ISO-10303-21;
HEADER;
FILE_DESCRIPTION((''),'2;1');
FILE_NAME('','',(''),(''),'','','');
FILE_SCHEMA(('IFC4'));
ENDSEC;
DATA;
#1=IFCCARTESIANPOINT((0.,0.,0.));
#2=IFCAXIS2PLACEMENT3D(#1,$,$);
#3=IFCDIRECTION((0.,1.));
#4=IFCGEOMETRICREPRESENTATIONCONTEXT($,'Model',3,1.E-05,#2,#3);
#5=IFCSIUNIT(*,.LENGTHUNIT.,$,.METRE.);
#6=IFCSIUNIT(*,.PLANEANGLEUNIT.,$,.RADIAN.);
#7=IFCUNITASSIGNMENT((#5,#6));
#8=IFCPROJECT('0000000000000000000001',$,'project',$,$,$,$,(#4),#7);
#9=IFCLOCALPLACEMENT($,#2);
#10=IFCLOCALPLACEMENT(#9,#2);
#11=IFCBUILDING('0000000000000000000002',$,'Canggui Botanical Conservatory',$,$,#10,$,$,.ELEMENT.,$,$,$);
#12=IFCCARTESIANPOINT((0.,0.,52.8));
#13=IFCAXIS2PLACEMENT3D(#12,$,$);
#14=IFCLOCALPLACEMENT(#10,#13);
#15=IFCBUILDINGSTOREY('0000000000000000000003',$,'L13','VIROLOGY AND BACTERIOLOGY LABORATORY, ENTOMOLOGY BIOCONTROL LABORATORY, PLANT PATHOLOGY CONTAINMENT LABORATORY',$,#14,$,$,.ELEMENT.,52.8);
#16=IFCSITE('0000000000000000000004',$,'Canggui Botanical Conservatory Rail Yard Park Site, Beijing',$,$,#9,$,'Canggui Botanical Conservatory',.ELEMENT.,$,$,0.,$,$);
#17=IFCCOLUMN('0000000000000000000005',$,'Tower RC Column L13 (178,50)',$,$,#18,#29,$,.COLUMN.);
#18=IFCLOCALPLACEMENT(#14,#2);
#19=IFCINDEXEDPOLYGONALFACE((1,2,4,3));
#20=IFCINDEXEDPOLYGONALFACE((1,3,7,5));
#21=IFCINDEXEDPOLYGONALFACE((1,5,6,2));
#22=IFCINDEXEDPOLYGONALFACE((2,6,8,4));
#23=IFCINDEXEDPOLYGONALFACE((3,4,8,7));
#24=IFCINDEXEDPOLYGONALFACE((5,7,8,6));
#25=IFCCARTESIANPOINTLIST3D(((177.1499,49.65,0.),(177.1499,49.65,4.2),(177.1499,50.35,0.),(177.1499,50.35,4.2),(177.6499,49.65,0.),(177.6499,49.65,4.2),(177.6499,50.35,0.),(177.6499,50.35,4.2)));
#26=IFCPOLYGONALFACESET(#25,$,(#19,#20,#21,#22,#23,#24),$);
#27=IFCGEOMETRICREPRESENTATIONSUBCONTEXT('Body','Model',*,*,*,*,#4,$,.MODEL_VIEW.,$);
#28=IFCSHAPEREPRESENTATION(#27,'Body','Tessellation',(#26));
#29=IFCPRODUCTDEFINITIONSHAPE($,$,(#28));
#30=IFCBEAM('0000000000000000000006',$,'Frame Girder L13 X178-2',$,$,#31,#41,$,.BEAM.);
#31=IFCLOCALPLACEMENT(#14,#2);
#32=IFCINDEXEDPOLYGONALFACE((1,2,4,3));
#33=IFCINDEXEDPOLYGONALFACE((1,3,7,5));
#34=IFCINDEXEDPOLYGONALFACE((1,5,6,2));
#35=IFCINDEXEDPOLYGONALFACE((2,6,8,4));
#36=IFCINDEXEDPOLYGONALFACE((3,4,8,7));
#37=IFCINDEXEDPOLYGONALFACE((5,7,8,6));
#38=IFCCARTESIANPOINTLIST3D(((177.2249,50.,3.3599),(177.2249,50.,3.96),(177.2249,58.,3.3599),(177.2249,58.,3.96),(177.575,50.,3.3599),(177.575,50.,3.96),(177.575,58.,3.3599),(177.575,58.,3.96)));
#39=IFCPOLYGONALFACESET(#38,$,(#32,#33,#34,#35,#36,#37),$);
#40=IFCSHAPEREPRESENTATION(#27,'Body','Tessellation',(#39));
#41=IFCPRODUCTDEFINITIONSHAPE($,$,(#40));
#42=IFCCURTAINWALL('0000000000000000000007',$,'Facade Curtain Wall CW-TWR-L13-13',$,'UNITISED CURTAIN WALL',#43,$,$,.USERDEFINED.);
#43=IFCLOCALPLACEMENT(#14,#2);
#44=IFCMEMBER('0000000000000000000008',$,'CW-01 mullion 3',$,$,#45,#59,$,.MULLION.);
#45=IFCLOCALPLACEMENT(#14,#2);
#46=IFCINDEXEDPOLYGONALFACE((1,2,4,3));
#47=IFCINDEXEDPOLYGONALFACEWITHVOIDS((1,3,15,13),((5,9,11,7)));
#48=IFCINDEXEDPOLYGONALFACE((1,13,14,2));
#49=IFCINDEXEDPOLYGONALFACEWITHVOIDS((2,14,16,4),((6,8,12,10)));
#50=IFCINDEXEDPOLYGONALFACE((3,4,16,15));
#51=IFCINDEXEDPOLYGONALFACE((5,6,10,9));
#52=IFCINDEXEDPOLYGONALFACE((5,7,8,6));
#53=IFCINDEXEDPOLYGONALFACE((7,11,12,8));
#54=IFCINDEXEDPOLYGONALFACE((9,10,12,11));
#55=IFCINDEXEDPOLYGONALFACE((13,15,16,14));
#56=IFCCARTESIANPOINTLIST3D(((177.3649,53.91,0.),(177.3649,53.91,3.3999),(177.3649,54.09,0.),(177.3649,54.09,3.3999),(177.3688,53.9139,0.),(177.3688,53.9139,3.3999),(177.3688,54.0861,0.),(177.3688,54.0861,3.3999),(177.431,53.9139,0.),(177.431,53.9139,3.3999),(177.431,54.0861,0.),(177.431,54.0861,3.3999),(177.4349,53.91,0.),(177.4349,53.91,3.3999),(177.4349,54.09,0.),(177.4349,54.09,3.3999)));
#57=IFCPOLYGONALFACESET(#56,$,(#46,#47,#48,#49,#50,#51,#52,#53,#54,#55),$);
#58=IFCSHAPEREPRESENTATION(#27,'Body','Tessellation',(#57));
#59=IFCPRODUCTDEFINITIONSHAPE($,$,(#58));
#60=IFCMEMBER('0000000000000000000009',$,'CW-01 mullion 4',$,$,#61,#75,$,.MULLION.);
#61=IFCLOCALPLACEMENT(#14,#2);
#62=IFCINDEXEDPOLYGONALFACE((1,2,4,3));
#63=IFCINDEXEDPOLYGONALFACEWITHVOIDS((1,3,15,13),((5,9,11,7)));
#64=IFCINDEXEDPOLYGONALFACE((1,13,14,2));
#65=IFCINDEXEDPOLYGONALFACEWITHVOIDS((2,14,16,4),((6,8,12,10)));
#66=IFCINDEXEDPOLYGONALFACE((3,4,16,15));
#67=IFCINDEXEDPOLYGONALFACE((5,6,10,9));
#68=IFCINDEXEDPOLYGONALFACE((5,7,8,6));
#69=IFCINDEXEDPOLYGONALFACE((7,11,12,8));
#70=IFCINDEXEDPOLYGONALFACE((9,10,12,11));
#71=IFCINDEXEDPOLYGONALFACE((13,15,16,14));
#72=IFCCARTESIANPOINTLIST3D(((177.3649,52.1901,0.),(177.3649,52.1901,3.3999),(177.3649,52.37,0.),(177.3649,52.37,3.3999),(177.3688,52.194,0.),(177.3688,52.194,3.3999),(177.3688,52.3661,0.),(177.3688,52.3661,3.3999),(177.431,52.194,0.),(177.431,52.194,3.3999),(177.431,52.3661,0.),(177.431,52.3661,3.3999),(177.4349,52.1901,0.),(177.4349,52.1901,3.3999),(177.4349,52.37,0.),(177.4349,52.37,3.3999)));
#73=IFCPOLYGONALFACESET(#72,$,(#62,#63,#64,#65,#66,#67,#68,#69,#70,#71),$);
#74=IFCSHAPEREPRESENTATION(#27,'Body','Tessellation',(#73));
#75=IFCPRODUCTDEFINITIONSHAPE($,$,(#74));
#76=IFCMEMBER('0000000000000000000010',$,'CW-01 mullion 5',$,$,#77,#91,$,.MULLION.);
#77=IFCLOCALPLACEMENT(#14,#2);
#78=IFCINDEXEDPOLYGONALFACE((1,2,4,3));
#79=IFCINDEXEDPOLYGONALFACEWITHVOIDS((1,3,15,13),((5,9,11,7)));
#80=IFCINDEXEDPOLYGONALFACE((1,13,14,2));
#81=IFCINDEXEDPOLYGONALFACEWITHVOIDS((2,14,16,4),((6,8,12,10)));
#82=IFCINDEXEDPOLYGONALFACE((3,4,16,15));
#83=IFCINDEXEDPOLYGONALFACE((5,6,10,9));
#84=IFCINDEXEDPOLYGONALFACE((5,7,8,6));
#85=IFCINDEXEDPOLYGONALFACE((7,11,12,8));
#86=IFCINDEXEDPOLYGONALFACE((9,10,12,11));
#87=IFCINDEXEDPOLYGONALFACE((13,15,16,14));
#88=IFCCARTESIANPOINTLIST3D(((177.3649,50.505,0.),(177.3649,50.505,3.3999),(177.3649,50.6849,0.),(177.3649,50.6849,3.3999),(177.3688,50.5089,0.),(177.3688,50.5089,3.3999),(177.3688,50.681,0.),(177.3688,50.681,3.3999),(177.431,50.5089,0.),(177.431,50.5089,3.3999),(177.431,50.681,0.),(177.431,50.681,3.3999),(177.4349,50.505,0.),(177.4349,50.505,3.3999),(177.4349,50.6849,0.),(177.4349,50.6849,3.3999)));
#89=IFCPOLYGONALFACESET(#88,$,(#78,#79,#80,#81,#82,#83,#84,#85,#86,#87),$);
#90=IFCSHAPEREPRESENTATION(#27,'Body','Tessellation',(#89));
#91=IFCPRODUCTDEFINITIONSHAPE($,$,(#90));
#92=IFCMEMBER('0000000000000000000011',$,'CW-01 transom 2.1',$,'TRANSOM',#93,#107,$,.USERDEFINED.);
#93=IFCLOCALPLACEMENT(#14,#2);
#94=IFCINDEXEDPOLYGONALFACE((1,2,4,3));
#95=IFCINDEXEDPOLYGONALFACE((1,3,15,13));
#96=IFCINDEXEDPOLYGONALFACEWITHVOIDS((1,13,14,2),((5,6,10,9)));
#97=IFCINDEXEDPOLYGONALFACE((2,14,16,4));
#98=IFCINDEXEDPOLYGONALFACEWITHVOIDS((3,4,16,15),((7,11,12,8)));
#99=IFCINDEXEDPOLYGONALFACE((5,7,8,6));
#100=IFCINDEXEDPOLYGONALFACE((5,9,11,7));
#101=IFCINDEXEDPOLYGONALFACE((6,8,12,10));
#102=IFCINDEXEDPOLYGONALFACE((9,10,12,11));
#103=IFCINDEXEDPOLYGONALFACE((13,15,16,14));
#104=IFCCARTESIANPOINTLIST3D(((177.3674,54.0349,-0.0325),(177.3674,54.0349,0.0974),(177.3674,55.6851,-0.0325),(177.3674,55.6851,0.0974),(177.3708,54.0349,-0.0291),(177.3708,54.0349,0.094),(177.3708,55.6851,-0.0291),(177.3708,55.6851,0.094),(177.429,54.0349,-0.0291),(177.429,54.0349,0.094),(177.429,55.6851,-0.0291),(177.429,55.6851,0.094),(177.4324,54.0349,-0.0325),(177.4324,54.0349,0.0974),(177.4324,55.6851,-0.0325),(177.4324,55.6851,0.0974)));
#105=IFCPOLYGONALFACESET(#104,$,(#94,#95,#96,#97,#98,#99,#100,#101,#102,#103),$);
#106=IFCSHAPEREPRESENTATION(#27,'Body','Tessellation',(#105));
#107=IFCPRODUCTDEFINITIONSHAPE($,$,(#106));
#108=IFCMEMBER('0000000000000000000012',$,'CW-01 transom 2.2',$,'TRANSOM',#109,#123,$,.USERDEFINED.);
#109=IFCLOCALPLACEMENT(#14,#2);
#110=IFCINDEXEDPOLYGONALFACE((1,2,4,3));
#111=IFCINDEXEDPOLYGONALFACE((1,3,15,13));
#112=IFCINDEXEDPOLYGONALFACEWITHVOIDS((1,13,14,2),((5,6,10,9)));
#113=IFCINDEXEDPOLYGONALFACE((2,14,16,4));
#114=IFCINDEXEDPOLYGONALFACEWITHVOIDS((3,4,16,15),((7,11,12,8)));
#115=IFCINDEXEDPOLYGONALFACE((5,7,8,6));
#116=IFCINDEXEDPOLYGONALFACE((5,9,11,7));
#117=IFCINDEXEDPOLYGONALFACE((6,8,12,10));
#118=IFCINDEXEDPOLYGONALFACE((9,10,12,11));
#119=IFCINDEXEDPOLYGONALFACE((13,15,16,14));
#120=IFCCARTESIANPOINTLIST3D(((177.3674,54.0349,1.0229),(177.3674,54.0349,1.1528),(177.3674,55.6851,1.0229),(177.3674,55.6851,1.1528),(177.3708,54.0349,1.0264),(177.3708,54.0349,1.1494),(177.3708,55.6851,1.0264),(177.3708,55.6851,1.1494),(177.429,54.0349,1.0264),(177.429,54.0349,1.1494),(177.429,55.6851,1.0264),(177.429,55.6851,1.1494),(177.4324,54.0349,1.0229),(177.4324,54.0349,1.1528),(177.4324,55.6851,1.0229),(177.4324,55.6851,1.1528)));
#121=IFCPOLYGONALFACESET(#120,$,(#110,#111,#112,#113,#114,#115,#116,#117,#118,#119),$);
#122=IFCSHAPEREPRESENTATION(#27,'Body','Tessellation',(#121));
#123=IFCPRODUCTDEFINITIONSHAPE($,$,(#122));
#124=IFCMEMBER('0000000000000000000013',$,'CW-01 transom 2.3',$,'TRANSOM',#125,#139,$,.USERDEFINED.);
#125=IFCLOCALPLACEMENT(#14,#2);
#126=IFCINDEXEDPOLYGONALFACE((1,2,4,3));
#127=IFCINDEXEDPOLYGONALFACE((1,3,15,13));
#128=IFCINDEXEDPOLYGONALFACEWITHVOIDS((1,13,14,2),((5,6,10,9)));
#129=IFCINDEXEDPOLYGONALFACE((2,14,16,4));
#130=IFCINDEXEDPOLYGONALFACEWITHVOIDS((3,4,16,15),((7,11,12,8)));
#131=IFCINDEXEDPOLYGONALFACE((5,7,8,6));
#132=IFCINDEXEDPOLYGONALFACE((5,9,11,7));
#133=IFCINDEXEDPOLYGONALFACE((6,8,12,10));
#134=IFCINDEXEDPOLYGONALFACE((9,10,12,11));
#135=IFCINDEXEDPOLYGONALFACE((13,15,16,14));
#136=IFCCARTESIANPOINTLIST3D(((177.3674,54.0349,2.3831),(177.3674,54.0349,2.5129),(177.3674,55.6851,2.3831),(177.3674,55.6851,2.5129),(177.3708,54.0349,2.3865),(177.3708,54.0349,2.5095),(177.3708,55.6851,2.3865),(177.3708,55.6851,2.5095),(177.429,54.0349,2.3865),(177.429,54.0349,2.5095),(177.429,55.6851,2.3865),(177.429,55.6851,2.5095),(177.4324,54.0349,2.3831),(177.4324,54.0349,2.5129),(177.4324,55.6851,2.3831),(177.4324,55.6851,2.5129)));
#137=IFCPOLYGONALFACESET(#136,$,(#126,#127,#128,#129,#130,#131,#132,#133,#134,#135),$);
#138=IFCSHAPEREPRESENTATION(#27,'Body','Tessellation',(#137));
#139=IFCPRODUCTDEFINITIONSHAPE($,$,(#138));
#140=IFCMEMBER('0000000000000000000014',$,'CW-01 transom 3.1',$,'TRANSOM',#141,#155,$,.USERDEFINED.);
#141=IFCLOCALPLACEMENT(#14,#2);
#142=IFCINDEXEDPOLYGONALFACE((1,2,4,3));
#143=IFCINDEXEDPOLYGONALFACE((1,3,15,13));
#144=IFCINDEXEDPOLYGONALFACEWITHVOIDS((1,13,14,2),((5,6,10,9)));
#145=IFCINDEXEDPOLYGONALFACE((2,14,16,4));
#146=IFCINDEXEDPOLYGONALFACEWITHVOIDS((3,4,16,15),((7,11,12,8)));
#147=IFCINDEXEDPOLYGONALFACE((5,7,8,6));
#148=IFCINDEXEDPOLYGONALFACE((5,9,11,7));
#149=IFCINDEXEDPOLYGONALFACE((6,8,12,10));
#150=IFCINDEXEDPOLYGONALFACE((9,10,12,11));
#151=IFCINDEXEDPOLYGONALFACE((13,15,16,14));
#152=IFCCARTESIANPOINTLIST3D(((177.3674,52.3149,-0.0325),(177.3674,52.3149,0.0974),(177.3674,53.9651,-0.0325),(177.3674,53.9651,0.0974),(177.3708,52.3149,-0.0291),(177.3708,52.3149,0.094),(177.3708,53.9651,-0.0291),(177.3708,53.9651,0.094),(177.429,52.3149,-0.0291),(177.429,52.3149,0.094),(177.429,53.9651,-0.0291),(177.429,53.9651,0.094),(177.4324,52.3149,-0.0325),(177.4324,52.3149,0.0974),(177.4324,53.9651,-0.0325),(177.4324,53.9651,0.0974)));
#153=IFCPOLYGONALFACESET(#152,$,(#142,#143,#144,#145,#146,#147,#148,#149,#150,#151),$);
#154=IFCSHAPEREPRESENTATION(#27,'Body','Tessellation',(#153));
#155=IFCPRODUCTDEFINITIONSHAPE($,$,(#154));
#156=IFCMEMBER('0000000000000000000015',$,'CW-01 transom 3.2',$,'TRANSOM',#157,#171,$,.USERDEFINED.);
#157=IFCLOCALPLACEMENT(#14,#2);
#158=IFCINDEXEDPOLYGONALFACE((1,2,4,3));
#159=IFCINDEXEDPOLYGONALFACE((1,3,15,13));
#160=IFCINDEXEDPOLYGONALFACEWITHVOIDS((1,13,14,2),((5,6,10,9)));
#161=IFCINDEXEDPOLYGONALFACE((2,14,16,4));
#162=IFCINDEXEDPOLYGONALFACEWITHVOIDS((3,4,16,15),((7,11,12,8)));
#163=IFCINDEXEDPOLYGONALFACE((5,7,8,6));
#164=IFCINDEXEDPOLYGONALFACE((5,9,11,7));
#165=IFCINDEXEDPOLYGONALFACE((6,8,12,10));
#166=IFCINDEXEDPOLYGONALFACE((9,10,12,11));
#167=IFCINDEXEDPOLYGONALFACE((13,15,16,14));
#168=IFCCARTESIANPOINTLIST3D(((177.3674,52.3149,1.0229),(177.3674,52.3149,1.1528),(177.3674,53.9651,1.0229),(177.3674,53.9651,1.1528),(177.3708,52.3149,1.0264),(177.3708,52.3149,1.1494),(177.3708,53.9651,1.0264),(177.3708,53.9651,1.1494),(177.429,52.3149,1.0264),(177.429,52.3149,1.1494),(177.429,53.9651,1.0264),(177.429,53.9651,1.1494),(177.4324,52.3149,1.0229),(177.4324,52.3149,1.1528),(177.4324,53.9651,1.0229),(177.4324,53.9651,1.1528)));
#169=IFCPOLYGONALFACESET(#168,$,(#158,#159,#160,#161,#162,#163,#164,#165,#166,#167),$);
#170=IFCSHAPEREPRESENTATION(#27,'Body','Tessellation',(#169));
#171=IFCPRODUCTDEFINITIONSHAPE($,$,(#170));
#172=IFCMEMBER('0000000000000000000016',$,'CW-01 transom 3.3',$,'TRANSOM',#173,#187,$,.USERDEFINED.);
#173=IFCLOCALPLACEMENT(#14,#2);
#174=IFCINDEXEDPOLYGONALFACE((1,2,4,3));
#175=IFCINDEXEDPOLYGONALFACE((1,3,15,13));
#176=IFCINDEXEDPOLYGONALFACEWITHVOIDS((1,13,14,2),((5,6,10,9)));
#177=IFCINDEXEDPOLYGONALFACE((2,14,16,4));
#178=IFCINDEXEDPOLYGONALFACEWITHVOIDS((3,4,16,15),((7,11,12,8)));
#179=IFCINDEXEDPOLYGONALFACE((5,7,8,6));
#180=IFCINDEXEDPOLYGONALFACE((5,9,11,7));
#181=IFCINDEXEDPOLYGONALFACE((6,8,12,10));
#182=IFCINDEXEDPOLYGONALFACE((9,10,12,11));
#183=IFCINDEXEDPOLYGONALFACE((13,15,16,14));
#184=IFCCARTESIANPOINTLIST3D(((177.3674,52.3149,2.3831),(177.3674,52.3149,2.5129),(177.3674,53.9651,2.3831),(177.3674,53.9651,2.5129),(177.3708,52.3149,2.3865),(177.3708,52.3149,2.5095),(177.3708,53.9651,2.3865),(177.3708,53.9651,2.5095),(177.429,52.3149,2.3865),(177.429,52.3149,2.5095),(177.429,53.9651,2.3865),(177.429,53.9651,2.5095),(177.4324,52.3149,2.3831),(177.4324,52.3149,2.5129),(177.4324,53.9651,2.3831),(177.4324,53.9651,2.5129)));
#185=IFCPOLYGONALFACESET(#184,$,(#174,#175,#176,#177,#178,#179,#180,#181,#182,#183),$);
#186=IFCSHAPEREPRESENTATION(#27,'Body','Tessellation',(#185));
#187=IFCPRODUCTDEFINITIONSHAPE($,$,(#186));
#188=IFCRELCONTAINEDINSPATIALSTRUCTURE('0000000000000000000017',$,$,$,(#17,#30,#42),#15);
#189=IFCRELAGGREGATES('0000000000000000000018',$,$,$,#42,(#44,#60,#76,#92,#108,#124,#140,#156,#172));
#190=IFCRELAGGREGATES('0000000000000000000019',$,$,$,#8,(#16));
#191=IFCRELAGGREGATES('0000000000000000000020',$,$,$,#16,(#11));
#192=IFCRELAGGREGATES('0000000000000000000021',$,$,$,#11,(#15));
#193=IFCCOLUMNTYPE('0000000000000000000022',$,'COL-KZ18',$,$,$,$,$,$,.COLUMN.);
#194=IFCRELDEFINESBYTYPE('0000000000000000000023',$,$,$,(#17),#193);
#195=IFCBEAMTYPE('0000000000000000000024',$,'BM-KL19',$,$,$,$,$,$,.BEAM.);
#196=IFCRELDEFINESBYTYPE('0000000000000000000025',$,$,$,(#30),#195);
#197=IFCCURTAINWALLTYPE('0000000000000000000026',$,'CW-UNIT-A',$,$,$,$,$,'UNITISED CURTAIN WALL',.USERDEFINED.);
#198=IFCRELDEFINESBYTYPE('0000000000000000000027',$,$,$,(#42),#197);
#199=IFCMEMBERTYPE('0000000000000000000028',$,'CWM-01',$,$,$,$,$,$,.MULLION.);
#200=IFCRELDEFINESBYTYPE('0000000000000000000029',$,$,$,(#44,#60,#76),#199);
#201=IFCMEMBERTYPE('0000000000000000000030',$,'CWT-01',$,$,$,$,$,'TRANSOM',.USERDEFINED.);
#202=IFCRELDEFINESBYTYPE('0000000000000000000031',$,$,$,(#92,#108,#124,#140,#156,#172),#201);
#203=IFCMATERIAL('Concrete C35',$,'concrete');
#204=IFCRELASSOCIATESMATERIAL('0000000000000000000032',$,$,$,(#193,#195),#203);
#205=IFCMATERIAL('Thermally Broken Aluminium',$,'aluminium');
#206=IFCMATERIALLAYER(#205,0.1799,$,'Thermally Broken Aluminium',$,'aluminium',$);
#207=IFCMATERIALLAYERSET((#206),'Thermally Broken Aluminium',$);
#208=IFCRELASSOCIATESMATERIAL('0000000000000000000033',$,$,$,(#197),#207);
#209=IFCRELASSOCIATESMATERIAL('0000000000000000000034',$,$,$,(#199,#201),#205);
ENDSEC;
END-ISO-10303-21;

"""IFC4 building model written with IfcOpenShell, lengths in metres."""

from ifc_helpers import new_model, si_unit, direction, frame, origin, origin_2d, place, context, subcontext, project, spatial, rectangle, hollow_rectangle, extrude, material, layer, layer_set, material_profile, profile_set, type_object, element, aggregate, save


model = new_model("IFC4")

# Units and contexts
model_context = context("Model", 3, precision=1e-05, world=origin(), true_north=direction((0.0, 1.0)))
body_context = subcontext(model_context, "Body", "Model", "MODEL_VIEW")
ifc_project = project(units=[si_unit("LENGTHUNIT", "METRE"), si_unit("PLANEANGLEUNIT", "RADIAN")], contexts=[model_context])

# Site, building, storey
site_placement = place(None, origin())
site = spatial("IfcSite", under=ifc_project, at=site_placement, Name="Canggui Botanical Conservatory Rail Yard Park Site, Beijing", LongName="Canggui Botanical Conservatory", CompositionType="ELEMENT", RefElevation=0.0)
building_placement = place(site_placement, origin())
building = spatial("IfcBuilding", under=site, at=building_placement, Name="Canggui Botanical Conservatory", CompositionType="ELEMENT")
storey_placement = place(building_placement, frame((0.0, 0.0, 52.8)))
storey = spatial("IfcBuildingStorey", under=building, at=storey_placement, Name="L13", Description="VIROLOGY AND BACTERIOLOGY LABORATORY, ENTOMOLOGY BIOCONTROL LABORATORY, PLANT PATHOLOGY CONTAINMENT LABORATORY", CompositionType="ELEMENT", Elevation=52.8)

# Column
ifc_material_1 = material(Name="Concrete C35", Category="concrete")
ifc_material_profile_1 = material_profile(ifc_material_1, rectangle(XDim=0.5, YDim=0.7, at=origin_2d()), Name="RC 500x700")
ifc_profile_set_1 = profile_set([ifc_material_profile_1], Name="Concrete C35")
column_type = type_object("IfcColumnType", Name="COL-KZ18", PredefinedType="COLUMN", material=ifc_profile_set_1)
column_placement = place(storey_placement, frame((177.3999, 50.0, 0.0), z_axis=(0.0, 0.0, 1.0), x_axis=(1.0, 0.0, 0.0)))
element("IfcColumn", 1, at=column_placement, inside=storey, type_object=column_type, Name="Tower RC Column L13 (178,50)", PredefinedType="COLUMN", context=body_context, shape_type="SweptSolid", body=[
    extrude(rectangle(XDim=0.5, YDim=0.7, at=origin_2d()), origin(), (0.0, 0.0, 1.0), 4.2),
])

# Beam
ifc_material_profile_2 = material_profile(ifc_material_1, rectangle(XDim=0.3501, YDim=0.6001, at=origin_2d()), Name="RB 350x600")
ifc_profile_set_2 = profile_set([ifc_material_profile_2], Name="Concrete C35")
beam_type = type_object("IfcBeamType", Name="BM-KL19", PredefinedType="BEAM", material=ifc_profile_set_2)
beam_placement = place(storey_placement, frame((177.3999, 50.0, 3.6599), z_axis=(0.0, 1.0, 0.0), x_axis=(-1.0, 0.0, 0.0)))
element("IfcBeam", 2, at=beam_placement, inside=storey, type_object=beam_type, Name="Frame Girder L13 X178-2", PredefinedType="BEAM", context=body_context, shape_type="SweptSolid", body=[
    extrude(rectangle(XDim=0.3501, YDim=0.6001, at=origin_2d()), origin(), (0.0, 0.0, 1.0), 8.0),
])

# Curtain wall, members
ifc_material_2 = material(Name="Thermally Broken Aluminium", Category="aluminium")
ifc_layer_1 = layer(ifc_material_2, 0.1799, Name="Thermally Broken Aluminium", Category="aluminium")
ifc_layer_set_1 = layer_set([ifc_layer_1], Name="Thermally Broken Aluminium")
curtain_wall_type = type_object("IfcCurtainWallType", Name="CW-UNIT-A", ElementType="UNITISED CURTAIN WALL", PredefinedType="USERDEFINED", material=ifc_layer_set_1)
curtain_wall_placement = place(storey_placement, origin())
curtain_wall = element("IfcCurtainWall", 3, at=curtain_wall_placement, inside=storey, type_object=curtain_wall_type, Name="Facade Curtain Wall CW-TWR-L13-13", ObjectType="UNITISED CURTAIN WALL", PredefinedType="USERDEFINED")
ifc_material_profile_3 = material_profile(ifc_material_2, hollow_rectangle(XDim=0.0701, YDim=0.1799, WallThickness=0.0039, at=origin_2d()), Name="CWM 70x180x4")
ifc_profile_set_3 = profile_set([ifc_material_profile_3], Name="Thermally Broken Aluminium")
member_type_1 = type_object("IfcMemberType", Name="CWM-01", PredefinedType="MULLION", material=ifc_profile_set_3)
member_1_placement = place(storey_placement, frame((177.3999, 54.0, 0.0), z_axis=(0.0, 0.0, 1.0), x_axis=(1.0, 0.0, 0.0)))
member_1 = element("IfcMember", 4, at=member_1_placement, type_object=member_type_1, Name="CW-01 mullion 3", PredefinedType="MULLION", context=body_context, shape_type="SweptSolid", body=[
    extrude(hollow_rectangle(XDim=0.0701, YDim=0.1799, WallThickness=0.0039, at=origin_2d()), origin(), (0.0, 0.0, 1.0), 3.3999),
])
member_2_placement = place(storey_placement, frame((177.3999, 52.28, 0.0), z_axis=(0.0, 0.0, 1.0), x_axis=(1.0, 0.0, 0.0)))
member_2 = element("IfcMember", 5, at=member_2_placement, type_object=member_type_1, Name="CW-01 mullion 4", PredefinedType="MULLION", context=body_context, shape_type="SweptSolid", body=[
    extrude(hollow_rectangle(XDim=0.0701, YDim=0.1799, WallThickness=0.0039, at=origin_2d()), origin(), (0.0, 0.0, 1.0), 3.3999),
])
member_3_placement = place(storey_placement, frame((177.3999, 50.595, 0.0), z_axis=(0.0, 0.0, 1.0), x_axis=(1.0, 0.0, 0.0)))
member_3 = element("IfcMember", 6, at=member_3_placement, type_object=member_type_1, Name="CW-01 mullion 5", PredefinedType="MULLION", context=body_context, shape_type="SweptSolid", body=[
    extrude(hollow_rectangle(XDim=0.0701, YDim=0.1799, WallThickness=0.0039, at=origin_2d()), origin(), (0.0, 0.0, 1.0), 3.3999),
])
ifc_material_profile_4 = material_profile(ifc_material_2, hollow_rectangle(XDim=0.0649, YDim=0.1299, WallThickness=0.0034, at=origin_2d()), Name="CWT 65x130x3.5")
ifc_profile_set_4 = profile_set([ifc_material_profile_4], Name="Thermally Broken Aluminium")
member_type_2 = type_object("IfcMemberType", Name="CWT-01", ElementType="TRANSOM", PredefinedType="USERDEFINED", material=ifc_profile_set_4)
member_4_placement = place(storey_placement, frame((177.3999, 55.6851, 0.0325), z_axis=(0.0, -1.0, 0.0), x_axis=(1.0, 0.0, 0.0)))
member_4 = element("IfcMember", 7, at=member_4_placement, type_object=member_type_2, Name="CW-01 transom 2.1", ObjectType="TRANSOM", PredefinedType="USERDEFINED", context=body_context, shape_type="SweptSolid", body=[
    extrude(hollow_rectangle(XDim=0.0649, YDim=0.1299, WallThickness=0.0034, at=origin_2d()), origin(), (0.0, 0.0, 1.0), 1.6501),
])
member_5_placement = place(storey_placement, frame((177.3999, 55.6851, 1.0879), z_axis=(0.0, -1.0, 0.0), x_axis=(1.0, 0.0, 0.0)))
member_5 = element("IfcMember", 8, at=member_5_placement, type_object=member_type_2, Name="CW-01 transom 2.2", ObjectType="TRANSOM", PredefinedType="USERDEFINED", context=body_context, shape_type="SweptSolid", body=[
    extrude(hollow_rectangle(XDim=0.0649, YDim=0.1299, WallThickness=0.0034, at=origin_2d()), origin(), (0.0, 0.0, 1.0), 1.6501),
])
member_6_placement = place(storey_placement, frame((177.3999, 55.6851, 2.448), z_axis=(0.0, -1.0, 0.0), x_axis=(1.0, 0.0, 0.0)))
member_6 = element("IfcMember", 9, at=member_6_placement, type_object=member_type_2, Name="CW-01 transom 2.3", ObjectType="TRANSOM", PredefinedType="USERDEFINED", context=body_context, shape_type="SweptSolid", body=[
    extrude(hollow_rectangle(XDim=0.0649, YDim=0.1299, WallThickness=0.0034, at=origin_2d()), origin(), (0.0, 0.0, 1.0), 1.6501),
])
member_7_placement = place(storey_placement, frame((177.3999, 53.9651, 0.0325), z_axis=(0.0, -1.0, 0.0), x_axis=(1.0, 0.0, 0.0)))
member_7 = element("IfcMember", 10, at=member_7_placement, type_object=member_type_2, Name="CW-01 transom 3.1", ObjectType="TRANSOM", PredefinedType="USERDEFINED", context=body_context, shape_type="SweptSolid", body=[
    extrude(hollow_rectangle(XDim=0.0649, YDim=0.1299, WallThickness=0.0034, at=origin_2d()), origin(), (0.0, 0.0, 1.0), 1.6501),
])
member_8_placement = place(storey_placement, frame((177.3999, 53.9651, 1.0879), z_axis=(0.0, -1.0, 0.0), x_axis=(1.0, 0.0, 0.0)))
member_8 = element("IfcMember", 11, at=member_8_placement, type_object=member_type_2, Name="CW-01 transom 3.2", ObjectType="TRANSOM", PredefinedType="USERDEFINED", context=body_context, shape_type="SweptSolid", body=[
    extrude(hollow_rectangle(XDim=0.0649, YDim=0.1299, WallThickness=0.0034, at=origin_2d()), origin(), (0.0, 0.0, 1.0), 1.6501),
])
member_9_placement = place(storey_placement, frame((177.3999, 53.9651, 2.448), z_axis=(0.0, -1.0, 0.0), x_axis=(1.0, 0.0, 0.0)))
member_9 = element("IfcMember", 12, at=member_9_placement, type_object=member_type_2, Name="CW-01 transom 3.3", ObjectType="TRANSOM", PredefinedType="USERDEFINED", context=body_context, shape_type="SweptSolid", body=[
    extrude(hollow_rectangle(XDim=0.0649, YDim=0.1299, WallThickness=0.0034, at=origin_2d()), origin(), (0.0, 0.0, 1.0), 1.6501),
])
aggregate(curtain_wall, [member_1, member_2, member_3, member_4, member_5, member_6, member_7, member_8, member_9])

save(model, "model.ifc")
